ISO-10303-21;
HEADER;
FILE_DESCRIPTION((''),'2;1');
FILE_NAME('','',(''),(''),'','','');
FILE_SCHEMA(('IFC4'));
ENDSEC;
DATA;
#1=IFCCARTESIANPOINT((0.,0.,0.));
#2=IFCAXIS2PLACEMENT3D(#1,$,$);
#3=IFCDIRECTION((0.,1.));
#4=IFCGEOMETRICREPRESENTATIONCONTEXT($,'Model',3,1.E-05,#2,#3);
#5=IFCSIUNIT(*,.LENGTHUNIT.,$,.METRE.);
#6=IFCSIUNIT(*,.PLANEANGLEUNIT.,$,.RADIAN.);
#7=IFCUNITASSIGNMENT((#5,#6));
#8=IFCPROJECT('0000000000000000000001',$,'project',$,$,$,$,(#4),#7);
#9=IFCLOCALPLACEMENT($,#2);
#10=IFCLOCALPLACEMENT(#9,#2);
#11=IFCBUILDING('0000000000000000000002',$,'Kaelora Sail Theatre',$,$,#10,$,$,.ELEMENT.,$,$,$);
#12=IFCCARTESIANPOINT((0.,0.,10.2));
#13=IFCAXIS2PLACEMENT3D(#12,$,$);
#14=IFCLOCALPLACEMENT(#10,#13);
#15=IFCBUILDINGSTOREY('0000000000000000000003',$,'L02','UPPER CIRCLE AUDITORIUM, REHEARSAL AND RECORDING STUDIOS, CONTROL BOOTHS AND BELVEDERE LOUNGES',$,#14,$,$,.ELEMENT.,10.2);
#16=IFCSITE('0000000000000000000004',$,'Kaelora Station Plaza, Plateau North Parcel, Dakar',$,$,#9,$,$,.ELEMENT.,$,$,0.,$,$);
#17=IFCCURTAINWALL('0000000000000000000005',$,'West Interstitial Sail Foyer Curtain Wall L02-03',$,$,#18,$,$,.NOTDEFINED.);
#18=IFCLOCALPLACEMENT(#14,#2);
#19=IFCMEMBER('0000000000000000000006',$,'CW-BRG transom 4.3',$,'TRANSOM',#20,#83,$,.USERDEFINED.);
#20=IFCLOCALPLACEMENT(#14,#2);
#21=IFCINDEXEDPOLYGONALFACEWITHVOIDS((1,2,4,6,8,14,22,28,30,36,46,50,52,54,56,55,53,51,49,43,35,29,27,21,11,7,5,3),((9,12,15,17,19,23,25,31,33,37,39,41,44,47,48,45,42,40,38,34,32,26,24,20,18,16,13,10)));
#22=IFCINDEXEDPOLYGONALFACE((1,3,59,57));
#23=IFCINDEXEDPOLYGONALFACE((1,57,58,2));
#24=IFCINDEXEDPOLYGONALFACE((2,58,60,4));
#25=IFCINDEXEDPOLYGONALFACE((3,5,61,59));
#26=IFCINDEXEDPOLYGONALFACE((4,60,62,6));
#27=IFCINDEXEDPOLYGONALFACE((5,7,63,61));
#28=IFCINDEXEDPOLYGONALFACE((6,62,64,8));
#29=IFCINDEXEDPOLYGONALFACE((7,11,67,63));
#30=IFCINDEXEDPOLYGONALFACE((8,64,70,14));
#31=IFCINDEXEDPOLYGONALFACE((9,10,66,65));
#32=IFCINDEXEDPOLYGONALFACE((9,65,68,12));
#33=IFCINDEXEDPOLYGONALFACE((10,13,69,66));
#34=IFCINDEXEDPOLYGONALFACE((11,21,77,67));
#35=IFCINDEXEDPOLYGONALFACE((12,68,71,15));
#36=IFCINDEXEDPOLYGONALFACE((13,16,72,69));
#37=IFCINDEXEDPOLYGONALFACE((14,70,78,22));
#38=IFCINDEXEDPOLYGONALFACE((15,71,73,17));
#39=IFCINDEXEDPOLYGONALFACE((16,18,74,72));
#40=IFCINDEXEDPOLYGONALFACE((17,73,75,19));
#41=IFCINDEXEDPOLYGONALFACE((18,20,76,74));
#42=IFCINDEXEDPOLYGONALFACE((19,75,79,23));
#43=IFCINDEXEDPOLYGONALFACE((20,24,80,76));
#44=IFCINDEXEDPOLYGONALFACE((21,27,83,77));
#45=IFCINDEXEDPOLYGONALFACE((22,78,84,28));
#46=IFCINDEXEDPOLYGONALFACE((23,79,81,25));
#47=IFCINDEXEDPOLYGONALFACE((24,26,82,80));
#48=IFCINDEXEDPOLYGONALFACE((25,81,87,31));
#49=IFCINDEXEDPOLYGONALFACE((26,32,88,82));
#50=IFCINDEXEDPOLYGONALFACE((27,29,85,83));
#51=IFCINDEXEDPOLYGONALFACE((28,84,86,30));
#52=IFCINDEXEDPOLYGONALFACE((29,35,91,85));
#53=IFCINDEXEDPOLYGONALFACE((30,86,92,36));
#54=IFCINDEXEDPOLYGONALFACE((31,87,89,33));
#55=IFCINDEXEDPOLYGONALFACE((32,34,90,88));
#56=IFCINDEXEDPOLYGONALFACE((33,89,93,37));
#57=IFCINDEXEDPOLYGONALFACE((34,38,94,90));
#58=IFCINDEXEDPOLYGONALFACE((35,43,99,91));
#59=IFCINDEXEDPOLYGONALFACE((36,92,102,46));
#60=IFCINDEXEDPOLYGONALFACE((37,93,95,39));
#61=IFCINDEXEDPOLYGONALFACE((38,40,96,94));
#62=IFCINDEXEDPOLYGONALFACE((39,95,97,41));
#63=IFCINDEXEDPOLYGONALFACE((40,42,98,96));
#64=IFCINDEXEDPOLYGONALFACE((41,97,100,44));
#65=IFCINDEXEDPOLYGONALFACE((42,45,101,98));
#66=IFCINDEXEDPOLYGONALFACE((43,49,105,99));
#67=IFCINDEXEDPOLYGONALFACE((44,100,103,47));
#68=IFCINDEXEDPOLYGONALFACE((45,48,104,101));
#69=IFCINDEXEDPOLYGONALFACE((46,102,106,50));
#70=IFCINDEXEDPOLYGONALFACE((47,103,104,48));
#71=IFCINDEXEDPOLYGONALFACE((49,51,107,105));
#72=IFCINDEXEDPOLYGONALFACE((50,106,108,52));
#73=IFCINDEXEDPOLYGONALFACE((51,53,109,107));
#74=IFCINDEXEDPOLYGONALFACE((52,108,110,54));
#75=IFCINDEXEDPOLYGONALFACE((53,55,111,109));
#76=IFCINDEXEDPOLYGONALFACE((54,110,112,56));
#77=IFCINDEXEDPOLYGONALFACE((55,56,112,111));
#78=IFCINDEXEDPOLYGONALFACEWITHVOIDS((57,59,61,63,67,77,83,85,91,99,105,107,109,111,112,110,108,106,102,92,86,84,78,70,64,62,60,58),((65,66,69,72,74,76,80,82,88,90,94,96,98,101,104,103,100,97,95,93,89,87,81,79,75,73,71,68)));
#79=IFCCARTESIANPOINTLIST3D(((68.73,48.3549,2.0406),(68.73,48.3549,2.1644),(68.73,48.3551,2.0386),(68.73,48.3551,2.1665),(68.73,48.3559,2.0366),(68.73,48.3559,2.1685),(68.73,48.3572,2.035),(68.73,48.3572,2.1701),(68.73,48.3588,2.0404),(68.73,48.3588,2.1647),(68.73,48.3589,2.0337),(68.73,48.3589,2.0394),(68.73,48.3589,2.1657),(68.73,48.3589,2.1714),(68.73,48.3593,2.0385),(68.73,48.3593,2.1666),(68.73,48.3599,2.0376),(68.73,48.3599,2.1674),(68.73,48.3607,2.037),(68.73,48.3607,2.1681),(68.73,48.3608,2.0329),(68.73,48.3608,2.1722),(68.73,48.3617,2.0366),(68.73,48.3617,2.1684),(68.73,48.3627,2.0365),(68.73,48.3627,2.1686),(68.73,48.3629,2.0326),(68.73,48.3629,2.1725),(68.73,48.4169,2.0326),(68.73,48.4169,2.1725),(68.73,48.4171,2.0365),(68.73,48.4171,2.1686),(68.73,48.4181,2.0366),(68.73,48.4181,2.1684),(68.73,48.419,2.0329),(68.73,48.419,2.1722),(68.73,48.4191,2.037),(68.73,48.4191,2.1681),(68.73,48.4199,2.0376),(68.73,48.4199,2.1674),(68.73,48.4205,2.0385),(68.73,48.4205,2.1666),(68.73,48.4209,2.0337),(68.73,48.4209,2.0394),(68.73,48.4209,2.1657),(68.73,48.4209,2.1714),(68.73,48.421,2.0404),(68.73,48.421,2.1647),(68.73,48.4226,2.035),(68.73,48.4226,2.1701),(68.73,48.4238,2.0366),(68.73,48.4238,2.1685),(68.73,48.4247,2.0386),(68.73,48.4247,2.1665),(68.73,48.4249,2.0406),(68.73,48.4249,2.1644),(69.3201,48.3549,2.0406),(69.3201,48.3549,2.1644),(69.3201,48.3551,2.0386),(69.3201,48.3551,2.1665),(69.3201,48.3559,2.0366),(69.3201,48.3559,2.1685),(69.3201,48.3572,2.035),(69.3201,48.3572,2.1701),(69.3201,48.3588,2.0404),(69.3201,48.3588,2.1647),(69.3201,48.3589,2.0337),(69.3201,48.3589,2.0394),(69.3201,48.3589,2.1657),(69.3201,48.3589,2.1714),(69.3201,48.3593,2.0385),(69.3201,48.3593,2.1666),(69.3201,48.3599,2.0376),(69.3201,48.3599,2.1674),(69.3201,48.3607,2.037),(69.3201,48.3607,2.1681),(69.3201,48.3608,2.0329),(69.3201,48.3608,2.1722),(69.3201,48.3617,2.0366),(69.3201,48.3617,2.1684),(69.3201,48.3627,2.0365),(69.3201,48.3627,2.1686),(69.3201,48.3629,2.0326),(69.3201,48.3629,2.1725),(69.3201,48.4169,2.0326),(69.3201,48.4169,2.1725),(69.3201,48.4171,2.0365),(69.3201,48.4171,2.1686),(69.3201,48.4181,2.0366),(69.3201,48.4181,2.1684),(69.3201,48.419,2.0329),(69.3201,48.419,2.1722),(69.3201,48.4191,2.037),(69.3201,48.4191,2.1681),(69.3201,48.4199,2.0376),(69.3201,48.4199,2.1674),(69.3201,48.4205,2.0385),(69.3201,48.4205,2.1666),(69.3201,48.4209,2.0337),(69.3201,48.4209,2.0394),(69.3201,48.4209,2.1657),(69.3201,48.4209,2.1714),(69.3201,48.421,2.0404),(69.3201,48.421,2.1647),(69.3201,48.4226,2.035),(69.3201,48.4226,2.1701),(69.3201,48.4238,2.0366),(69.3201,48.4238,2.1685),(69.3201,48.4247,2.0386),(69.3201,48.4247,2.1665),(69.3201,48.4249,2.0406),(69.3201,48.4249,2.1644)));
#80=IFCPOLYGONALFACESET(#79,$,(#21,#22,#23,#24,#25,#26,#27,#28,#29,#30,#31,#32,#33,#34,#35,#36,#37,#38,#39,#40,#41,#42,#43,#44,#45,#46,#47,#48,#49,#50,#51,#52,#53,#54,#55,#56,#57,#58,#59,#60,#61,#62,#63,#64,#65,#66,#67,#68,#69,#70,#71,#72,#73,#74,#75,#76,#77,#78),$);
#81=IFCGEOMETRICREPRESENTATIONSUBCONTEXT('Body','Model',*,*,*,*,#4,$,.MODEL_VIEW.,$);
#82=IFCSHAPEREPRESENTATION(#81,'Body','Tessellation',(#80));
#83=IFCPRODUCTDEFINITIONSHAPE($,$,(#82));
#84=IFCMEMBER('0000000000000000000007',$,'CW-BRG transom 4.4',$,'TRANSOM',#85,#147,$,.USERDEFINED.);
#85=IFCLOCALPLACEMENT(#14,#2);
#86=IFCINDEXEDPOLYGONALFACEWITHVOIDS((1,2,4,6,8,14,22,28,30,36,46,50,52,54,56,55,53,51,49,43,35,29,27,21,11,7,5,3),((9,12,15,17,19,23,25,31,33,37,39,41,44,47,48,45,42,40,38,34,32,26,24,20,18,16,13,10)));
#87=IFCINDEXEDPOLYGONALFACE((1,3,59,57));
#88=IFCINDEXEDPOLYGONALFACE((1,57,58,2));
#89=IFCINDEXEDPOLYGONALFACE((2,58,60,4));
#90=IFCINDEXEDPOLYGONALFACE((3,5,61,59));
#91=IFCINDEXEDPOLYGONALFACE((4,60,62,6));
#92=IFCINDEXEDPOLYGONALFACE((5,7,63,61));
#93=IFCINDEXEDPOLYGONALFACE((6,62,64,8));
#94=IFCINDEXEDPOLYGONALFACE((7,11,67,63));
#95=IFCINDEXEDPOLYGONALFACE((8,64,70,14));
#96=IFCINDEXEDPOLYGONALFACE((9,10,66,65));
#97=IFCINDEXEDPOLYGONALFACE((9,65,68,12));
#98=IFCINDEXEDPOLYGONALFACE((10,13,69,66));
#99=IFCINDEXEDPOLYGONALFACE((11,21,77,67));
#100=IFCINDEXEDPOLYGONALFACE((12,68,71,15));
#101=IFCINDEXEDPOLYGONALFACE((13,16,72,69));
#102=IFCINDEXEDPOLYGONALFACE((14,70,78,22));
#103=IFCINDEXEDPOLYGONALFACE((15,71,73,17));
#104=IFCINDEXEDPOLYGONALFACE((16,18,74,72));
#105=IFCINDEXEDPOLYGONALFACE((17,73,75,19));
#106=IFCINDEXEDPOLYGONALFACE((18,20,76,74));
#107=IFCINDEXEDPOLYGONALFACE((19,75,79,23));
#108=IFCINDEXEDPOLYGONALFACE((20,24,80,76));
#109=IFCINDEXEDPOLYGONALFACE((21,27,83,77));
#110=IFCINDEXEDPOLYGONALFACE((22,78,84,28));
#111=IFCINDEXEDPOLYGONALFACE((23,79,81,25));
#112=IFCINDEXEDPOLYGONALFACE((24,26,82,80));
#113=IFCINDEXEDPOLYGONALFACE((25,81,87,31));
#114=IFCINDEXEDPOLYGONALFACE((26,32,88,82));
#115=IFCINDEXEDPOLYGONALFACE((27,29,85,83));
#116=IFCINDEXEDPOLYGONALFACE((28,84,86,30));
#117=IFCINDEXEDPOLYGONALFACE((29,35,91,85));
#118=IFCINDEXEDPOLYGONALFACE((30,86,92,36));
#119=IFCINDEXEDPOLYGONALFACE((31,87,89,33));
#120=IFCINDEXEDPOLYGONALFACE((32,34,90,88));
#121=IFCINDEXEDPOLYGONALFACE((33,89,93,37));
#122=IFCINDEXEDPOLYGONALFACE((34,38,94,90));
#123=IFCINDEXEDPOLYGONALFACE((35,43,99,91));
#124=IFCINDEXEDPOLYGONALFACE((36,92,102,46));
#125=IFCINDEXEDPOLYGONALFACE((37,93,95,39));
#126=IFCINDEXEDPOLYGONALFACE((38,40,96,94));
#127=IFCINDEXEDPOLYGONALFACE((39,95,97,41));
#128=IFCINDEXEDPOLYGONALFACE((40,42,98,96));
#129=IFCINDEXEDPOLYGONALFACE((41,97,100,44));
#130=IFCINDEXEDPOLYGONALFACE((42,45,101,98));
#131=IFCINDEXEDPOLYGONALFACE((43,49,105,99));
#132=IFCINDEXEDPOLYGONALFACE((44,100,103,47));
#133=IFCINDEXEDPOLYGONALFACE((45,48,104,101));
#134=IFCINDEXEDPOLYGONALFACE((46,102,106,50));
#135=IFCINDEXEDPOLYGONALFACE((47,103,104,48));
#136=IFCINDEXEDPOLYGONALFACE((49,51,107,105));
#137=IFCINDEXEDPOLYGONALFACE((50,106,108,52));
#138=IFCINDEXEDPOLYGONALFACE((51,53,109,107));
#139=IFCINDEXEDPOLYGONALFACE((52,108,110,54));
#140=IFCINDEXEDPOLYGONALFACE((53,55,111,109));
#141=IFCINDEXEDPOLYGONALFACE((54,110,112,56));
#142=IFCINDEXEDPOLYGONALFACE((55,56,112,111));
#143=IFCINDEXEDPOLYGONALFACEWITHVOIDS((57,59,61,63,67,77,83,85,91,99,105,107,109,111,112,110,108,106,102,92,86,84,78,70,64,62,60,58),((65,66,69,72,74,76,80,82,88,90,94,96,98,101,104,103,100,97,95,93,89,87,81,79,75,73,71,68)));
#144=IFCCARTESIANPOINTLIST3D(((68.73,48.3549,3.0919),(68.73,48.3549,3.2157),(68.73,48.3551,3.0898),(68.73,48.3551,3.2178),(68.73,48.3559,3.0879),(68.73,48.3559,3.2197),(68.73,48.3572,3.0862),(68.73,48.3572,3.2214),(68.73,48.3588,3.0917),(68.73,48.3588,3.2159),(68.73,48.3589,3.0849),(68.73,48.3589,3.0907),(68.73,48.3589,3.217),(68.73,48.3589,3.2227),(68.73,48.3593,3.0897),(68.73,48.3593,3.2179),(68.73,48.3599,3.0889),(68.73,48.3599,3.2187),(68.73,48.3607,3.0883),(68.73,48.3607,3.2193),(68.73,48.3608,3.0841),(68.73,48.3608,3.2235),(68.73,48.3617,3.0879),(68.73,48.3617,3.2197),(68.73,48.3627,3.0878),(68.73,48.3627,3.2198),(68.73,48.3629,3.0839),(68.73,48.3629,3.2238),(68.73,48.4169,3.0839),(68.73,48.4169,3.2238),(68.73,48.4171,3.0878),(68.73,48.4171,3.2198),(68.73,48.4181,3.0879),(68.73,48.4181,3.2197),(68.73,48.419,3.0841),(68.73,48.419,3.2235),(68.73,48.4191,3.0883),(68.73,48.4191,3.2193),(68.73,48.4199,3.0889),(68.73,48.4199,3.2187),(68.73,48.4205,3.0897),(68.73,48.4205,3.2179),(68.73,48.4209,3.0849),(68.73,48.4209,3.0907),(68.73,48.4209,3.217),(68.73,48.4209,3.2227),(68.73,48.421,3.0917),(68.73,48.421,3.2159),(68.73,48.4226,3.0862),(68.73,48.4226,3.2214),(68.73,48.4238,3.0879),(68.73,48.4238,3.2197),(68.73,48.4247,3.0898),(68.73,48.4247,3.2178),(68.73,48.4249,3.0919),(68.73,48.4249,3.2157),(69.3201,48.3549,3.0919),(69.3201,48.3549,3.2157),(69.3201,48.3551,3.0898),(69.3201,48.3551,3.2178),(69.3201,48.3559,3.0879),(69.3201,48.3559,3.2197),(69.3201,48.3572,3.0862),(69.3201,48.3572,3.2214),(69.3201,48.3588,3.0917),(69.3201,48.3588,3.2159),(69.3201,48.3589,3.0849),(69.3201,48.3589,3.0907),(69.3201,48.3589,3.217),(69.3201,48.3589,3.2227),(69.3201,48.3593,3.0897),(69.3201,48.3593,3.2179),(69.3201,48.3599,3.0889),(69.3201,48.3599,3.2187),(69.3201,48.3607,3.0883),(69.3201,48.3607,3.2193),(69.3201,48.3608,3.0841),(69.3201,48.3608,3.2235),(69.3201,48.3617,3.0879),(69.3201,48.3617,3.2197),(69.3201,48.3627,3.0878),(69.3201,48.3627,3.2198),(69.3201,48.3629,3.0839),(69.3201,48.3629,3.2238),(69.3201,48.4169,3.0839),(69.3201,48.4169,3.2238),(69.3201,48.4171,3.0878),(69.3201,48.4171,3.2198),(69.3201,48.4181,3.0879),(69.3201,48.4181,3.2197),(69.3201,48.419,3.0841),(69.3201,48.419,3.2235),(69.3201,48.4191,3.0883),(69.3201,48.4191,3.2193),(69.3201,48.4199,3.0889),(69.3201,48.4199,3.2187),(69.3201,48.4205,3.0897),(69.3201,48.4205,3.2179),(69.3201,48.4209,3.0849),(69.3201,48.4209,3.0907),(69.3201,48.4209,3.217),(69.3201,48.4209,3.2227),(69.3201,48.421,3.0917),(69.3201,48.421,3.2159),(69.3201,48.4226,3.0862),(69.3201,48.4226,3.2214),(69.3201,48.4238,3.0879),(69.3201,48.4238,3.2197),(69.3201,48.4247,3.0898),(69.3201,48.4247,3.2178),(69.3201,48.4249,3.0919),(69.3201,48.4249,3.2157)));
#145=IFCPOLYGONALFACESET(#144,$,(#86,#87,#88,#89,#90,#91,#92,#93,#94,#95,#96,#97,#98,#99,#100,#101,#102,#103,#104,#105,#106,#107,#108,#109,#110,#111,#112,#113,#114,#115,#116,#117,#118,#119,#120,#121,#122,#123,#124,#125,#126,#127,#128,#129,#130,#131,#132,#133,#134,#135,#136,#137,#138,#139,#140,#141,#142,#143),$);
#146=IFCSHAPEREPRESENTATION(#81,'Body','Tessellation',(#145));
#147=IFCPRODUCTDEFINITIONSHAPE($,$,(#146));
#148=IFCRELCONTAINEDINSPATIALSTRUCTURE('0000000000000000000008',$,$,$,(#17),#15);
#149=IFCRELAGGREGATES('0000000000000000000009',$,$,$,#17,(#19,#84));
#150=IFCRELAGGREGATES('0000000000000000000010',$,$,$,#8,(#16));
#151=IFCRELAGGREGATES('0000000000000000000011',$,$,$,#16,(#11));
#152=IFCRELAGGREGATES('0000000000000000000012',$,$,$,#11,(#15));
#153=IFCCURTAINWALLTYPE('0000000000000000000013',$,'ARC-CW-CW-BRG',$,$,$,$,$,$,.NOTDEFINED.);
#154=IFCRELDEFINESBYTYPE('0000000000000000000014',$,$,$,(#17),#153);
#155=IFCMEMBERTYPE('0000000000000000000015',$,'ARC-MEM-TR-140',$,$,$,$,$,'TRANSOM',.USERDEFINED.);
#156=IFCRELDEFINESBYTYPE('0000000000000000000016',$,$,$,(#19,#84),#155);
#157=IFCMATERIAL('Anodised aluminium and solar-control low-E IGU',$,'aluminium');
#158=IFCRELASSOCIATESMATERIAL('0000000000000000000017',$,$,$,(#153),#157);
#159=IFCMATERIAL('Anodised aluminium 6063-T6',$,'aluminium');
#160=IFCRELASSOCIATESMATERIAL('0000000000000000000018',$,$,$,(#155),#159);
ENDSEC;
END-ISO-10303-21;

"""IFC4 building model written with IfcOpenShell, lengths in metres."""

from ifc_helpers import new_model, si_unit, direction, frame, origin, origin_2d, place, context, subcontext, project, spatial, hollow_rectangle, extrude, material, material_profile, profile_set, type_object, element, aggregate, save


model = new_model("IFC4")

# Units and contexts
model_context = context("Model", 3, precision=1e-05, world=origin(), true_north=direction((0.0, 1.0)))
body_context = subcontext(model_context, "Body", "Model", "MODEL_VIEW")
ifc_project = project(units=[si_unit("LENGTHUNIT", "METRE"), si_unit("PLANEANGLEUNIT", "RADIAN")], contexts=[model_context])

# Site, building, storey
site_placement = place(None, origin())
site = spatial("IfcSite", under=ifc_project, at=site_placement, Name="Kaelora Station Plaza, Plateau North Parcel, Dakar", CompositionType="ELEMENT", RefElevation=0.0)
building_placement = place(site_placement, origin())
building = spatial("IfcBuilding", under=site, at=building_placement, Name="Kaelora Sail Theatre", CompositionType="ELEMENT")
storey_placement = place(building_placement, frame((0.0, 0.0, 10.2)))
storey = spatial("IfcBuildingStorey", under=building, at=storey_placement, Name="L02", Description="UPPER CIRCLE AUDITORIUM, REHEARSAL AND RECORDING STUDIOS, CONTROL BOOTHS AND BELVEDERE LOUNGES", CompositionType="ELEMENT", Elevation=10.2)

# Curtain wall, members
ifc_material_1 = material(Name="Anodised aluminium and solar-control low-E IGU", Category="aluminium")
curtain_wall_type = type_object("IfcCurtainWallType", Name="ARC-CW-CW-BRG", PredefinedType="NOTDEFINED", material=ifc_material_1)
curtain_wall_placement = place(storey_placement, origin())
curtain_wall = element("IfcCurtainWall", 1, at=curtain_wall_placement, inside=storey, type_object=curtain_wall_type, Name="West Interstitial Sail Foyer Curtain Wall L02-03", PredefinedType="NOTDEFINED")
ifc_material_2 = material(Name="Anodised aluminium 6063-T6", Category="aluminium")
ifc_material_profile_1 = material_profile(ifc_material_2, hollow_rectangle(XDim=0.0701, YDim=0.1399, WallThickness=0.0039, InnerFilletRadius=0.0039, OuterFilletRadius=0.0081, at=origin_2d()), Name="ALU-TRAN 70x140x4")
ifc_profile_set_1 = profile_set([ifc_material_profile_1], Name="Anodised aluminium 6063-T6")
member_type_1 = type_object("IfcMemberType", Name="ARC-MEM-TR-140", ElementType="TRANSOM", PredefinedType="USERDEFINED", material=ifc_profile_set_1)
member_1_placement = place(storey_placement, frame((68.73, 48.3899, 2.1025), z_axis=(1.0, 0.0, 0.0), x_axis=(0.0, 1.0, 0.0)))
member_1 = element("IfcMember", 2, at=member_1_placement, type_object=member_type_1, Name="CW-BRG transom 4.3", ObjectType="TRANSOM", PredefinedType="USERDEFINED", context=body_context, shape_type="SweptSolid", body=[
    extrude(hollow_rectangle(XDim=0.0701, YDim=0.1399, WallThickness=0.0039, InnerFilletRadius=0.0039, OuterFilletRadius=0.0081, at=origin_2d()), origin(), (0.0, 0.0, 1.0), 0.5901),
])
member_2_placement = place(storey_placement, frame((68.73, 48.3899, 3.1538), z_axis=(1.0, 0.0, 0.0), x_axis=(0.0, 1.0, 0.0)))
member_2 = element("IfcMember", 3, at=member_2_placement, type_object=member_type_1, Name="CW-BRG transom 4.4", ObjectType="TRANSOM", PredefinedType="USERDEFINED", context=body_context, shape_type="SweptSolid", body=[
    extrude(hollow_rectangle(XDim=0.0701, YDim=0.1399, WallThickness=0.0039, InnerFilletRadius=0.0039, OuterFilletRadius=0.0081, at=origin_2d()), origin(), (0.0, 0.0, 1.0), 0.5901),
])

aggregate(curtain_wall, [member_1, member_2])

save(model, "model.ifc")
